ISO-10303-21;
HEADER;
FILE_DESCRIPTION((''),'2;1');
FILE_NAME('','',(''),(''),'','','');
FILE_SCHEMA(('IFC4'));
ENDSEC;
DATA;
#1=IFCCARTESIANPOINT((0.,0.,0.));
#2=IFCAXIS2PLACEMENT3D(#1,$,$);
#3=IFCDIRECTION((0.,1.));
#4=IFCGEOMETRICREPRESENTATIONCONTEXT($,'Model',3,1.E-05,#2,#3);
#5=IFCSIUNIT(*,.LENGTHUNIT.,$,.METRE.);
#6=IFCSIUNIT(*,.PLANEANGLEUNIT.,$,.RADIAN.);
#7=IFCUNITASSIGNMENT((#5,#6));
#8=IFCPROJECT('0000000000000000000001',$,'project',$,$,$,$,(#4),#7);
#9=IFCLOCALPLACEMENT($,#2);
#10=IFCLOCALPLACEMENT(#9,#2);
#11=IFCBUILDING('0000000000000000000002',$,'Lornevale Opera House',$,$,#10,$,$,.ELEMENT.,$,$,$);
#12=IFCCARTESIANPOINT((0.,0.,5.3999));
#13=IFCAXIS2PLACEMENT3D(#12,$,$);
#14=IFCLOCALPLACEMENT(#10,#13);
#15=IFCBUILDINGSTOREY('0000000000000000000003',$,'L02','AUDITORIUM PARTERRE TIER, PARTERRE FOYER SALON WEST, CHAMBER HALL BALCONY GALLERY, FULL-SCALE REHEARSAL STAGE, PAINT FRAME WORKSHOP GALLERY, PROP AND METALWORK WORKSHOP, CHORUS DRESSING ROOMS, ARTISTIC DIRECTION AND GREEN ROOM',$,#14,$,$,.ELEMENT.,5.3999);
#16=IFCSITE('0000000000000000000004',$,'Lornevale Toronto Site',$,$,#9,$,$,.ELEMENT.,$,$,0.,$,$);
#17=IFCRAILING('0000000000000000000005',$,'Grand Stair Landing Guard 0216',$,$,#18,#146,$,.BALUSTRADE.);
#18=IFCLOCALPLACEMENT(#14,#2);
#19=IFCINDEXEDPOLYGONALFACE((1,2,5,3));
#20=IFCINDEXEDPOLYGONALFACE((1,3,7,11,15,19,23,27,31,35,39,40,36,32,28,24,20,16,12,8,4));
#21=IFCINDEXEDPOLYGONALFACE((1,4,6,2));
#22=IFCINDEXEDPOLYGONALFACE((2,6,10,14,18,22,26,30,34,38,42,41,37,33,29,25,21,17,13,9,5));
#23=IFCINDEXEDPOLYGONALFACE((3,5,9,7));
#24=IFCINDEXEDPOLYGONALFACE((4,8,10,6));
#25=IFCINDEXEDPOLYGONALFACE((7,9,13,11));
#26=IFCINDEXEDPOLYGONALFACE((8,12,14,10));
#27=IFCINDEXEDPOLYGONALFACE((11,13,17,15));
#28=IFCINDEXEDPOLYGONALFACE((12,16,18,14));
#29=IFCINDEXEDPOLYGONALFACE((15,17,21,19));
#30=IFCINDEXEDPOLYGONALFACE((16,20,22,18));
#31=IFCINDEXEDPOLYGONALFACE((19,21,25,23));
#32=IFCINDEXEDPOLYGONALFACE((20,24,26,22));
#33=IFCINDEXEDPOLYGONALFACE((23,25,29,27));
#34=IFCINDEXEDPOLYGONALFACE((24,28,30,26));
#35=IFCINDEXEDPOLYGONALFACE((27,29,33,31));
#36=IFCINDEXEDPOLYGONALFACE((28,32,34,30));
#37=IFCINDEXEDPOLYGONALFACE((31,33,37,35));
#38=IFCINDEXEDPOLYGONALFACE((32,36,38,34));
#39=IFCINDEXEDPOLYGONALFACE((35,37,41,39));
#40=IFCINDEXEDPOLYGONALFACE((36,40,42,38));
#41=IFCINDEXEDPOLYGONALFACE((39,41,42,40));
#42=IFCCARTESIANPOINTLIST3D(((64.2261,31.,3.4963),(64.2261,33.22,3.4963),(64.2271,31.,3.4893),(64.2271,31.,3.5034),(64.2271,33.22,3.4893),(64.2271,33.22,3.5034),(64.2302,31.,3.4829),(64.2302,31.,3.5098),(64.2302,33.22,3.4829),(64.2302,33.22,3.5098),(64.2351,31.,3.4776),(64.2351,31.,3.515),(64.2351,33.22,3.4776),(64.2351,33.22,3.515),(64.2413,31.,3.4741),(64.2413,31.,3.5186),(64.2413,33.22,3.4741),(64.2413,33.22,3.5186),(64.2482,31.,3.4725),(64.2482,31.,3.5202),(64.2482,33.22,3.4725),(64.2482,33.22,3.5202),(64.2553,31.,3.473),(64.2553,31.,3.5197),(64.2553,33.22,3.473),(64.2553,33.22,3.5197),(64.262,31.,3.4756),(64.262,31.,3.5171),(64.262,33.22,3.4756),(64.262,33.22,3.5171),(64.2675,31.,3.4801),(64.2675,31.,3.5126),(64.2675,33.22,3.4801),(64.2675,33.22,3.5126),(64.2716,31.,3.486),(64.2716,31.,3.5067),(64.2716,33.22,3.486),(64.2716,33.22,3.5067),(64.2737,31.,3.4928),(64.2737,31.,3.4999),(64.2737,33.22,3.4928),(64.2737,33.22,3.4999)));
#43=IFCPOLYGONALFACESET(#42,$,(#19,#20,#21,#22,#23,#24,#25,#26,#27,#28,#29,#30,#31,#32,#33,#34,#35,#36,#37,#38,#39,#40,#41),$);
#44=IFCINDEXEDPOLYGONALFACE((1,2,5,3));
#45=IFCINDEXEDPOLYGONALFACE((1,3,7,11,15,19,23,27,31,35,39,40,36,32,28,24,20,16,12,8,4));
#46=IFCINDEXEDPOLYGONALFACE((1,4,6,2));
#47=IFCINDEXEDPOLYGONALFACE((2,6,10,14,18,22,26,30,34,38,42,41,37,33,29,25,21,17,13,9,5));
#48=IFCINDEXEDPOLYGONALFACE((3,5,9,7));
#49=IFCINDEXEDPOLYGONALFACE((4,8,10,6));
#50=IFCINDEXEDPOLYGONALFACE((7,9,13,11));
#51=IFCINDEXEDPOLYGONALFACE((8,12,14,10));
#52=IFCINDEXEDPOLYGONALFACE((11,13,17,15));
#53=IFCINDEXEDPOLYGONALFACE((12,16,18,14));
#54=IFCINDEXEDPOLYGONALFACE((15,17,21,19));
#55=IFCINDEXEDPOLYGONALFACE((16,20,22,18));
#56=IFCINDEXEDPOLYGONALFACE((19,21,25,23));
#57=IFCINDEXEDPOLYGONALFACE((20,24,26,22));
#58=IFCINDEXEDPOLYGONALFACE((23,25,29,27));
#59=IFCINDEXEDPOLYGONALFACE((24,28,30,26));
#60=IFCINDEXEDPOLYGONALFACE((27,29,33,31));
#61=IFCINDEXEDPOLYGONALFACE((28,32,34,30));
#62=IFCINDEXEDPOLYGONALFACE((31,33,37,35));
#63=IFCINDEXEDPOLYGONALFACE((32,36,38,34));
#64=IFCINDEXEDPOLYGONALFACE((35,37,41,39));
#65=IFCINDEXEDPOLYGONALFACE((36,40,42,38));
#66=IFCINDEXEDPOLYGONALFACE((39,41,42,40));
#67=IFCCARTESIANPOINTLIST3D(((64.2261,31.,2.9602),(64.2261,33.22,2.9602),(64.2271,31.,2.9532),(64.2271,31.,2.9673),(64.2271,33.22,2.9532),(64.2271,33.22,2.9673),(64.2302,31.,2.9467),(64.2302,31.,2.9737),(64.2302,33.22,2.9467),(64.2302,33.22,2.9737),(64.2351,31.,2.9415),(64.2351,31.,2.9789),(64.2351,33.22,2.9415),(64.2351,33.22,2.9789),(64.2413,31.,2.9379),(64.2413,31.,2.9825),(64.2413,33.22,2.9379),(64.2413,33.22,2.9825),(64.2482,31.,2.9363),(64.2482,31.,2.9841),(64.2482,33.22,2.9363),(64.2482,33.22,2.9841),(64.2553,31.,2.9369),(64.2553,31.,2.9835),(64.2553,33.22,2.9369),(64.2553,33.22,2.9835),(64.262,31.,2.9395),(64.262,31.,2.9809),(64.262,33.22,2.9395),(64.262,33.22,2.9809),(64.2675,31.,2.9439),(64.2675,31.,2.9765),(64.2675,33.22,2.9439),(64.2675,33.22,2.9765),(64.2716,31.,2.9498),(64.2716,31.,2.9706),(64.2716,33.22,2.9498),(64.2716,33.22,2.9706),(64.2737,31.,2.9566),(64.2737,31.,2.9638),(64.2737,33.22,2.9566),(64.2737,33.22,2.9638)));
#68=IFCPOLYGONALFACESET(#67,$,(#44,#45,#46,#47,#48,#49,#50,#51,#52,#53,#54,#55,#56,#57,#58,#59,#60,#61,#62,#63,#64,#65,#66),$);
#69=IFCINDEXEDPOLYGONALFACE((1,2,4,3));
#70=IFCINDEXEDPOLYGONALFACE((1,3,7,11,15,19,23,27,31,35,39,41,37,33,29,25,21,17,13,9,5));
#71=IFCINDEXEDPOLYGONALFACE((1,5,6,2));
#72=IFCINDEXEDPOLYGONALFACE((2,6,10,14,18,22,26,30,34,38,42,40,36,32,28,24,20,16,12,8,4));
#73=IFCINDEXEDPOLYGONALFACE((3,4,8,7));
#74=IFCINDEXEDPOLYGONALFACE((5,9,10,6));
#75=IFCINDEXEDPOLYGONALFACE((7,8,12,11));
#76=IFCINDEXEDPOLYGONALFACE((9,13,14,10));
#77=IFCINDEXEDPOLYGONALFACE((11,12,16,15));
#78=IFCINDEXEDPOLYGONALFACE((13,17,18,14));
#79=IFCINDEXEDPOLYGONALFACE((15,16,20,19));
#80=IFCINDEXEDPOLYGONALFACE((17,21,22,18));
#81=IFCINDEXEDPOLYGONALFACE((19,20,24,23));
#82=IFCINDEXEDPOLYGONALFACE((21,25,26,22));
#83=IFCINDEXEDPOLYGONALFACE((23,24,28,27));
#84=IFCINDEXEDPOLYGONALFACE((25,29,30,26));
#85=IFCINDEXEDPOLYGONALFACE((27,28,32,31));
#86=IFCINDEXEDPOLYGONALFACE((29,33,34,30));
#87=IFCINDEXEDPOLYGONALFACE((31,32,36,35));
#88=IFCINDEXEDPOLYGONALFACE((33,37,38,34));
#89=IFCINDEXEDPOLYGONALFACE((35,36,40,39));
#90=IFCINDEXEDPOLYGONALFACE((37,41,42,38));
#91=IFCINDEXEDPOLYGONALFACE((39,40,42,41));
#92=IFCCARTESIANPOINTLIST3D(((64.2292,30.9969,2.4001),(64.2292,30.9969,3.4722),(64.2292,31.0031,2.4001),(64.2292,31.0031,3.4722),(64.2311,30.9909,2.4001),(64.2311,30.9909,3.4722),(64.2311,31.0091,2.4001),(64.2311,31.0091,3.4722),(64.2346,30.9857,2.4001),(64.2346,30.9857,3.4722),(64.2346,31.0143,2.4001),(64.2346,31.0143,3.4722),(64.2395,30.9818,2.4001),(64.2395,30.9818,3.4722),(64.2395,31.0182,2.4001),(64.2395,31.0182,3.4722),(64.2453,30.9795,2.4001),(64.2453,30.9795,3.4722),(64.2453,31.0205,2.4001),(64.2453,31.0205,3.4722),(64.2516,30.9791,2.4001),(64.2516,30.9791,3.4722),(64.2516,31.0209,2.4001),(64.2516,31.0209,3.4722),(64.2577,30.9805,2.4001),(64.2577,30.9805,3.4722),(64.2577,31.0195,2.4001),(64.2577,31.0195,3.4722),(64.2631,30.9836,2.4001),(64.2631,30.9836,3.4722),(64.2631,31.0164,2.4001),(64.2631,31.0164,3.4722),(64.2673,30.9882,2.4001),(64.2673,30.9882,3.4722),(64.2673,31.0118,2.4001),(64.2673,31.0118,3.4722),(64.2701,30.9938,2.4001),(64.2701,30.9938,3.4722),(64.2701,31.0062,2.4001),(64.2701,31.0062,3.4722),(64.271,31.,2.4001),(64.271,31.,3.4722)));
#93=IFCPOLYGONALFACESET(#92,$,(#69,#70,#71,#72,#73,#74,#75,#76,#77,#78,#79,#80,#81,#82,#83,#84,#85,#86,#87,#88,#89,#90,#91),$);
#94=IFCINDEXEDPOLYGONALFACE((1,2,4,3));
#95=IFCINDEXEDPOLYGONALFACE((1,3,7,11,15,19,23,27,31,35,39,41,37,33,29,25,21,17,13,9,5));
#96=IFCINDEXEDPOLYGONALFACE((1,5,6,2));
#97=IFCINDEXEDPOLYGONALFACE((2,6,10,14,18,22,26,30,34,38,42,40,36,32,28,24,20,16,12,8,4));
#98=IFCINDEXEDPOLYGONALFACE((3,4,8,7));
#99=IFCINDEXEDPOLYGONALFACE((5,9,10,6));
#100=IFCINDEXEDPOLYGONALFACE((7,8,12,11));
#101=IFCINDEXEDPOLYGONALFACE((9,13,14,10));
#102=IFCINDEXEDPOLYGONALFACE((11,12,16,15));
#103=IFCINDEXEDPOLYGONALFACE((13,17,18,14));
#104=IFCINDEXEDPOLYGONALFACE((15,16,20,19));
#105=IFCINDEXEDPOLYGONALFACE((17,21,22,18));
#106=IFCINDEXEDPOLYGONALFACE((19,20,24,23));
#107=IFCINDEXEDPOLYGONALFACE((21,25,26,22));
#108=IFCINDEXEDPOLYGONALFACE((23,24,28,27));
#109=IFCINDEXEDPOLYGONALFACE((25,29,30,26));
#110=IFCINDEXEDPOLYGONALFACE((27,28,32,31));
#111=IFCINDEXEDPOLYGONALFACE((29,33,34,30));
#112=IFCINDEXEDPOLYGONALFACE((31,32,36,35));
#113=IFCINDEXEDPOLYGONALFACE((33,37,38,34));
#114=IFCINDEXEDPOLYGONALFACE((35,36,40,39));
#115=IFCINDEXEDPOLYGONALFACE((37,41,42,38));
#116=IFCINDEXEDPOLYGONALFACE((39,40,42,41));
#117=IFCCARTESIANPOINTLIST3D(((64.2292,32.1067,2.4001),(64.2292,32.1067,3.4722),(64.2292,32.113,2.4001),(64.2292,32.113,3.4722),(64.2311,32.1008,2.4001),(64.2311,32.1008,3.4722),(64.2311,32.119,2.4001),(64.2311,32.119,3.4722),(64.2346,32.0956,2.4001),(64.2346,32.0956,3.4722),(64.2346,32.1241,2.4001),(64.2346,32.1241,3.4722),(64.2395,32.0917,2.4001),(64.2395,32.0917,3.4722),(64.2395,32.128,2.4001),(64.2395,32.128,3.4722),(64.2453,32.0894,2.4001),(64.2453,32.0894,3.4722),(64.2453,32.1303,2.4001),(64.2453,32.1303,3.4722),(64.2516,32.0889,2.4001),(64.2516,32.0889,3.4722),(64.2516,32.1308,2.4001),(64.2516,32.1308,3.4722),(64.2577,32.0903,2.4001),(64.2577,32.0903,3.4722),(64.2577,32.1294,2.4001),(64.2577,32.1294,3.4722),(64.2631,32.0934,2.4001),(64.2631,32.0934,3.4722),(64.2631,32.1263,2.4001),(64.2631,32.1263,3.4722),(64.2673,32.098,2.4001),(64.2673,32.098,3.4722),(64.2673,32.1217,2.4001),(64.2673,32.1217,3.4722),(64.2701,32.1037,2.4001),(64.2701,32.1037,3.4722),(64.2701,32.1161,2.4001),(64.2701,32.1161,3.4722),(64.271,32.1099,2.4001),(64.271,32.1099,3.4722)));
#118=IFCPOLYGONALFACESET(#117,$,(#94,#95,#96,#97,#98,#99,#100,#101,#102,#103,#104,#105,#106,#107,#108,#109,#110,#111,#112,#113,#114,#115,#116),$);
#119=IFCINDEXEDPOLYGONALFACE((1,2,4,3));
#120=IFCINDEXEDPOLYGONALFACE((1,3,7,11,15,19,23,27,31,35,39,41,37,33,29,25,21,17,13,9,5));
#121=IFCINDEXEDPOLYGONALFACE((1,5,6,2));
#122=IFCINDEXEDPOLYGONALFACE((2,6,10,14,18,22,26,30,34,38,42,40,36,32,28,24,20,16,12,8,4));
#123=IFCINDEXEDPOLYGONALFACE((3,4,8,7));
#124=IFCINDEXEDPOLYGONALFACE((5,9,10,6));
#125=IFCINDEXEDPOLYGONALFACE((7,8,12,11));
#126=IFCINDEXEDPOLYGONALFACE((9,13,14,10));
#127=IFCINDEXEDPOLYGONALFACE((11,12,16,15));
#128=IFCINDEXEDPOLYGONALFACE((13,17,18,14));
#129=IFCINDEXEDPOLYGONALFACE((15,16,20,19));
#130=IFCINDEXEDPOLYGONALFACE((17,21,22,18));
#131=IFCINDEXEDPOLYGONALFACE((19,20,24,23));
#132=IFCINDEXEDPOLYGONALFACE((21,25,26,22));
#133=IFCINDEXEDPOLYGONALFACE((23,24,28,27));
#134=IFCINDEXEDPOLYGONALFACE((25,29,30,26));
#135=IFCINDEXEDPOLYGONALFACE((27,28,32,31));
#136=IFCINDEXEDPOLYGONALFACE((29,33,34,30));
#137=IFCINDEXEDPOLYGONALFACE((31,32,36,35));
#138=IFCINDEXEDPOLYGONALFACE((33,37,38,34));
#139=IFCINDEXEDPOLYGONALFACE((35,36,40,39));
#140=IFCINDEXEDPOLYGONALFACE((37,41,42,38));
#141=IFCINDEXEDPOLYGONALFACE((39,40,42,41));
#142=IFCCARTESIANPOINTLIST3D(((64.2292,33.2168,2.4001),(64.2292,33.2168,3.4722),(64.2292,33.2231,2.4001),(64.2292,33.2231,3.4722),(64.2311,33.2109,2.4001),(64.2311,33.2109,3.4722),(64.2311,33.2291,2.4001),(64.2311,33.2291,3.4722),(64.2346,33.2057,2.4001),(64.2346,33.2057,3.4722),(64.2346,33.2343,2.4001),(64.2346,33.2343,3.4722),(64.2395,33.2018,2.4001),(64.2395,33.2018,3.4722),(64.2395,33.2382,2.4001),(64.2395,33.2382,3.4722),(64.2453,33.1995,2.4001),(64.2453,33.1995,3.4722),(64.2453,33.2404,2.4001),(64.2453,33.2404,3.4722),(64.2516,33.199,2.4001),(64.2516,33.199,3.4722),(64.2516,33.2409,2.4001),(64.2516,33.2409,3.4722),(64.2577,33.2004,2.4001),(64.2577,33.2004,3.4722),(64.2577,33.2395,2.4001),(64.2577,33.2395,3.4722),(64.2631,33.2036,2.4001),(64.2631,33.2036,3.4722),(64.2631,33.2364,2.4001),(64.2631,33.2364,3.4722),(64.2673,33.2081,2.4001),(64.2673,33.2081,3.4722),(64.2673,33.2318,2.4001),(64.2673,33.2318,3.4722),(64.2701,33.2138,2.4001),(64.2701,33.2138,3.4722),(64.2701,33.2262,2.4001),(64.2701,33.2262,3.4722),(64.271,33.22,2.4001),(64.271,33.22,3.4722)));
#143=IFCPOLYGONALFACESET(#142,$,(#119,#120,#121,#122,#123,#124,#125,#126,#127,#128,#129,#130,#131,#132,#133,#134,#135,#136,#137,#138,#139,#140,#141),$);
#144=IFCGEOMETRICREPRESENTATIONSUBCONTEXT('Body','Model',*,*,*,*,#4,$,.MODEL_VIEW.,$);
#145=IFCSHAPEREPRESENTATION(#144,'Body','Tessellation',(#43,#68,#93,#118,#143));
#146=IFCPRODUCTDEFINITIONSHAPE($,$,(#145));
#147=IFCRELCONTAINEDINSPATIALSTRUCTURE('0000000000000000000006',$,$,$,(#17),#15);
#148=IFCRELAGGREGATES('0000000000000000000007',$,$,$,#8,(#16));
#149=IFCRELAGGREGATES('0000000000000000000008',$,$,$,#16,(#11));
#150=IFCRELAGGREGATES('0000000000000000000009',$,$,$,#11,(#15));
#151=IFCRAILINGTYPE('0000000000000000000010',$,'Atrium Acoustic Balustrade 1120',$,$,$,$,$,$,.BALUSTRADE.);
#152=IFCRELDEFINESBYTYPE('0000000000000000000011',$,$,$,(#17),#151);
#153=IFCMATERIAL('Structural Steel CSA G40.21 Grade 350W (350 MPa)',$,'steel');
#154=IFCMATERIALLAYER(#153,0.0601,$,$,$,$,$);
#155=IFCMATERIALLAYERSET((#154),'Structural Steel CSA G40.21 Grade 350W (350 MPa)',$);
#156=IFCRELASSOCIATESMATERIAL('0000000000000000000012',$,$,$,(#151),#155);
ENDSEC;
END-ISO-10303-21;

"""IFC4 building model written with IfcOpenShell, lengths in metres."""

from ifc_helpers import new_model, si_unit, direction, frame, origin, origin_2d, place, context, subcontext, project, spatial, circle, extrude, material, layer, layer_set, type_object, element, save


model = new_model("IFC4")

# Units and contexts
model_context = context("Model", 3, precision=1e-05, world=origin(), true_north=direction((0.0, 1.0)))
body_context = subcontext(model_context, "Body", "Model", "MODEL_VIEW")
ifc_project = project(units=[si_unit("LENGTHUNIT", "METRE"), si_unit("PLANEANGLEUNIT", "RADIAN")], contexts=[model_context])

# Site, building, storey
site_placement = place(None, origin())
site = spatial("IfcSite", under=ifc_project, at=site_placement, Name="Lornevale Toronto Site", CompositionType="ELEMENT", RefElevation=0.0)
building_placement = place(site_placement, origin())
building = spatial("IfcBuilding", under=site, at=building_placement, Name="Lornevale Opera House", CompositionType="ELEMENT")
storey_placement = place(building_placement, frame((0.0, 0.0, 5.3999)))
storey = spatial("IfcBuildingStorey", under=building, at=storey_placement, Name="L02", Description="AUDITORIUM PARTERRE TIER, PARTERRE FOYER SALON WEST, CHAMBER HALL BALCONY GALLERY, FULL-SCALE REHEARSAL STAGE, PAINT FRAME WORKSHOP GALLERY, PROP AND METALWORK WORKSHOP, CHORUS DRESSING ROOMS, ARTISTIC DIRECTION AND GREEN ROOM", CompositionType="ELEMENT", Elevation=5.3999)

# Shared definitions
ifc_material_1 = material(Name="Structural Steel CSA G40.21 Grade 350W (350 MPa)", Category="steel")

# Railing
ifc_layer_1 = layer(ifc_material_1, 0.0601)
ifc_layer_set_1 = layer_set([ifc_layer_1], Name="Structural Steel CSA G40.21 Grade 350W (350 MPa)")
railing_type_1 = type_object("IfcRailingType", Name="Atrium Acoustic Balustrade 1120", PredefinedType="BALUSTRADE", material=ifc_layer_set_1)
railing_1_placement = place(storey_placement, frame((64.25, 31.0, 2.4001)))
element("IfcRailing", 1, at=railing_1_placement, inside=storey, type_object=railing_type_1, Name="Grand Stair Landing Guard 0216", PredefinedType="BALUSTRADE", context=body_context, shape_type="SweptSolid", body=[
    extrude(circle(Radius=0.0239, at=origin_2d()), frame((0.0, 0.0, 1.0962), z_axis=(0.0, 1.0, 0.0), x_axis=(-1.0, 0.0, 0.0)), (0.0, 0.0, 1.0), 2.22),
    extrude(circle(Radius=0.0239, at=origin_2d()), frame((0.0, 0.0, 0.5601), z_axis=(0.0, 1.0, 0.0), x_axis=(-1.0, 0.0, 0.0)), (0.0, 0.0, 1.0), 2.22),
    extrude(circle(Radius=0.021, at=origin_2d()), origin(), (0.0, 0.0, 1.0), 1.072),
    extrude(circle(Radius=0.021, at=origin_2d()), frame((0.0, 1.1099, 0.0)), (0.0, 0.0, 1.0), 1.072),
    extrude(circle(Radius=0.021, at=origin_2d()), frame((0.0, 2.22, 0.0)), (0.0, 0.0, 1.0), 1.072),
])

save(model, "model.ifc")
